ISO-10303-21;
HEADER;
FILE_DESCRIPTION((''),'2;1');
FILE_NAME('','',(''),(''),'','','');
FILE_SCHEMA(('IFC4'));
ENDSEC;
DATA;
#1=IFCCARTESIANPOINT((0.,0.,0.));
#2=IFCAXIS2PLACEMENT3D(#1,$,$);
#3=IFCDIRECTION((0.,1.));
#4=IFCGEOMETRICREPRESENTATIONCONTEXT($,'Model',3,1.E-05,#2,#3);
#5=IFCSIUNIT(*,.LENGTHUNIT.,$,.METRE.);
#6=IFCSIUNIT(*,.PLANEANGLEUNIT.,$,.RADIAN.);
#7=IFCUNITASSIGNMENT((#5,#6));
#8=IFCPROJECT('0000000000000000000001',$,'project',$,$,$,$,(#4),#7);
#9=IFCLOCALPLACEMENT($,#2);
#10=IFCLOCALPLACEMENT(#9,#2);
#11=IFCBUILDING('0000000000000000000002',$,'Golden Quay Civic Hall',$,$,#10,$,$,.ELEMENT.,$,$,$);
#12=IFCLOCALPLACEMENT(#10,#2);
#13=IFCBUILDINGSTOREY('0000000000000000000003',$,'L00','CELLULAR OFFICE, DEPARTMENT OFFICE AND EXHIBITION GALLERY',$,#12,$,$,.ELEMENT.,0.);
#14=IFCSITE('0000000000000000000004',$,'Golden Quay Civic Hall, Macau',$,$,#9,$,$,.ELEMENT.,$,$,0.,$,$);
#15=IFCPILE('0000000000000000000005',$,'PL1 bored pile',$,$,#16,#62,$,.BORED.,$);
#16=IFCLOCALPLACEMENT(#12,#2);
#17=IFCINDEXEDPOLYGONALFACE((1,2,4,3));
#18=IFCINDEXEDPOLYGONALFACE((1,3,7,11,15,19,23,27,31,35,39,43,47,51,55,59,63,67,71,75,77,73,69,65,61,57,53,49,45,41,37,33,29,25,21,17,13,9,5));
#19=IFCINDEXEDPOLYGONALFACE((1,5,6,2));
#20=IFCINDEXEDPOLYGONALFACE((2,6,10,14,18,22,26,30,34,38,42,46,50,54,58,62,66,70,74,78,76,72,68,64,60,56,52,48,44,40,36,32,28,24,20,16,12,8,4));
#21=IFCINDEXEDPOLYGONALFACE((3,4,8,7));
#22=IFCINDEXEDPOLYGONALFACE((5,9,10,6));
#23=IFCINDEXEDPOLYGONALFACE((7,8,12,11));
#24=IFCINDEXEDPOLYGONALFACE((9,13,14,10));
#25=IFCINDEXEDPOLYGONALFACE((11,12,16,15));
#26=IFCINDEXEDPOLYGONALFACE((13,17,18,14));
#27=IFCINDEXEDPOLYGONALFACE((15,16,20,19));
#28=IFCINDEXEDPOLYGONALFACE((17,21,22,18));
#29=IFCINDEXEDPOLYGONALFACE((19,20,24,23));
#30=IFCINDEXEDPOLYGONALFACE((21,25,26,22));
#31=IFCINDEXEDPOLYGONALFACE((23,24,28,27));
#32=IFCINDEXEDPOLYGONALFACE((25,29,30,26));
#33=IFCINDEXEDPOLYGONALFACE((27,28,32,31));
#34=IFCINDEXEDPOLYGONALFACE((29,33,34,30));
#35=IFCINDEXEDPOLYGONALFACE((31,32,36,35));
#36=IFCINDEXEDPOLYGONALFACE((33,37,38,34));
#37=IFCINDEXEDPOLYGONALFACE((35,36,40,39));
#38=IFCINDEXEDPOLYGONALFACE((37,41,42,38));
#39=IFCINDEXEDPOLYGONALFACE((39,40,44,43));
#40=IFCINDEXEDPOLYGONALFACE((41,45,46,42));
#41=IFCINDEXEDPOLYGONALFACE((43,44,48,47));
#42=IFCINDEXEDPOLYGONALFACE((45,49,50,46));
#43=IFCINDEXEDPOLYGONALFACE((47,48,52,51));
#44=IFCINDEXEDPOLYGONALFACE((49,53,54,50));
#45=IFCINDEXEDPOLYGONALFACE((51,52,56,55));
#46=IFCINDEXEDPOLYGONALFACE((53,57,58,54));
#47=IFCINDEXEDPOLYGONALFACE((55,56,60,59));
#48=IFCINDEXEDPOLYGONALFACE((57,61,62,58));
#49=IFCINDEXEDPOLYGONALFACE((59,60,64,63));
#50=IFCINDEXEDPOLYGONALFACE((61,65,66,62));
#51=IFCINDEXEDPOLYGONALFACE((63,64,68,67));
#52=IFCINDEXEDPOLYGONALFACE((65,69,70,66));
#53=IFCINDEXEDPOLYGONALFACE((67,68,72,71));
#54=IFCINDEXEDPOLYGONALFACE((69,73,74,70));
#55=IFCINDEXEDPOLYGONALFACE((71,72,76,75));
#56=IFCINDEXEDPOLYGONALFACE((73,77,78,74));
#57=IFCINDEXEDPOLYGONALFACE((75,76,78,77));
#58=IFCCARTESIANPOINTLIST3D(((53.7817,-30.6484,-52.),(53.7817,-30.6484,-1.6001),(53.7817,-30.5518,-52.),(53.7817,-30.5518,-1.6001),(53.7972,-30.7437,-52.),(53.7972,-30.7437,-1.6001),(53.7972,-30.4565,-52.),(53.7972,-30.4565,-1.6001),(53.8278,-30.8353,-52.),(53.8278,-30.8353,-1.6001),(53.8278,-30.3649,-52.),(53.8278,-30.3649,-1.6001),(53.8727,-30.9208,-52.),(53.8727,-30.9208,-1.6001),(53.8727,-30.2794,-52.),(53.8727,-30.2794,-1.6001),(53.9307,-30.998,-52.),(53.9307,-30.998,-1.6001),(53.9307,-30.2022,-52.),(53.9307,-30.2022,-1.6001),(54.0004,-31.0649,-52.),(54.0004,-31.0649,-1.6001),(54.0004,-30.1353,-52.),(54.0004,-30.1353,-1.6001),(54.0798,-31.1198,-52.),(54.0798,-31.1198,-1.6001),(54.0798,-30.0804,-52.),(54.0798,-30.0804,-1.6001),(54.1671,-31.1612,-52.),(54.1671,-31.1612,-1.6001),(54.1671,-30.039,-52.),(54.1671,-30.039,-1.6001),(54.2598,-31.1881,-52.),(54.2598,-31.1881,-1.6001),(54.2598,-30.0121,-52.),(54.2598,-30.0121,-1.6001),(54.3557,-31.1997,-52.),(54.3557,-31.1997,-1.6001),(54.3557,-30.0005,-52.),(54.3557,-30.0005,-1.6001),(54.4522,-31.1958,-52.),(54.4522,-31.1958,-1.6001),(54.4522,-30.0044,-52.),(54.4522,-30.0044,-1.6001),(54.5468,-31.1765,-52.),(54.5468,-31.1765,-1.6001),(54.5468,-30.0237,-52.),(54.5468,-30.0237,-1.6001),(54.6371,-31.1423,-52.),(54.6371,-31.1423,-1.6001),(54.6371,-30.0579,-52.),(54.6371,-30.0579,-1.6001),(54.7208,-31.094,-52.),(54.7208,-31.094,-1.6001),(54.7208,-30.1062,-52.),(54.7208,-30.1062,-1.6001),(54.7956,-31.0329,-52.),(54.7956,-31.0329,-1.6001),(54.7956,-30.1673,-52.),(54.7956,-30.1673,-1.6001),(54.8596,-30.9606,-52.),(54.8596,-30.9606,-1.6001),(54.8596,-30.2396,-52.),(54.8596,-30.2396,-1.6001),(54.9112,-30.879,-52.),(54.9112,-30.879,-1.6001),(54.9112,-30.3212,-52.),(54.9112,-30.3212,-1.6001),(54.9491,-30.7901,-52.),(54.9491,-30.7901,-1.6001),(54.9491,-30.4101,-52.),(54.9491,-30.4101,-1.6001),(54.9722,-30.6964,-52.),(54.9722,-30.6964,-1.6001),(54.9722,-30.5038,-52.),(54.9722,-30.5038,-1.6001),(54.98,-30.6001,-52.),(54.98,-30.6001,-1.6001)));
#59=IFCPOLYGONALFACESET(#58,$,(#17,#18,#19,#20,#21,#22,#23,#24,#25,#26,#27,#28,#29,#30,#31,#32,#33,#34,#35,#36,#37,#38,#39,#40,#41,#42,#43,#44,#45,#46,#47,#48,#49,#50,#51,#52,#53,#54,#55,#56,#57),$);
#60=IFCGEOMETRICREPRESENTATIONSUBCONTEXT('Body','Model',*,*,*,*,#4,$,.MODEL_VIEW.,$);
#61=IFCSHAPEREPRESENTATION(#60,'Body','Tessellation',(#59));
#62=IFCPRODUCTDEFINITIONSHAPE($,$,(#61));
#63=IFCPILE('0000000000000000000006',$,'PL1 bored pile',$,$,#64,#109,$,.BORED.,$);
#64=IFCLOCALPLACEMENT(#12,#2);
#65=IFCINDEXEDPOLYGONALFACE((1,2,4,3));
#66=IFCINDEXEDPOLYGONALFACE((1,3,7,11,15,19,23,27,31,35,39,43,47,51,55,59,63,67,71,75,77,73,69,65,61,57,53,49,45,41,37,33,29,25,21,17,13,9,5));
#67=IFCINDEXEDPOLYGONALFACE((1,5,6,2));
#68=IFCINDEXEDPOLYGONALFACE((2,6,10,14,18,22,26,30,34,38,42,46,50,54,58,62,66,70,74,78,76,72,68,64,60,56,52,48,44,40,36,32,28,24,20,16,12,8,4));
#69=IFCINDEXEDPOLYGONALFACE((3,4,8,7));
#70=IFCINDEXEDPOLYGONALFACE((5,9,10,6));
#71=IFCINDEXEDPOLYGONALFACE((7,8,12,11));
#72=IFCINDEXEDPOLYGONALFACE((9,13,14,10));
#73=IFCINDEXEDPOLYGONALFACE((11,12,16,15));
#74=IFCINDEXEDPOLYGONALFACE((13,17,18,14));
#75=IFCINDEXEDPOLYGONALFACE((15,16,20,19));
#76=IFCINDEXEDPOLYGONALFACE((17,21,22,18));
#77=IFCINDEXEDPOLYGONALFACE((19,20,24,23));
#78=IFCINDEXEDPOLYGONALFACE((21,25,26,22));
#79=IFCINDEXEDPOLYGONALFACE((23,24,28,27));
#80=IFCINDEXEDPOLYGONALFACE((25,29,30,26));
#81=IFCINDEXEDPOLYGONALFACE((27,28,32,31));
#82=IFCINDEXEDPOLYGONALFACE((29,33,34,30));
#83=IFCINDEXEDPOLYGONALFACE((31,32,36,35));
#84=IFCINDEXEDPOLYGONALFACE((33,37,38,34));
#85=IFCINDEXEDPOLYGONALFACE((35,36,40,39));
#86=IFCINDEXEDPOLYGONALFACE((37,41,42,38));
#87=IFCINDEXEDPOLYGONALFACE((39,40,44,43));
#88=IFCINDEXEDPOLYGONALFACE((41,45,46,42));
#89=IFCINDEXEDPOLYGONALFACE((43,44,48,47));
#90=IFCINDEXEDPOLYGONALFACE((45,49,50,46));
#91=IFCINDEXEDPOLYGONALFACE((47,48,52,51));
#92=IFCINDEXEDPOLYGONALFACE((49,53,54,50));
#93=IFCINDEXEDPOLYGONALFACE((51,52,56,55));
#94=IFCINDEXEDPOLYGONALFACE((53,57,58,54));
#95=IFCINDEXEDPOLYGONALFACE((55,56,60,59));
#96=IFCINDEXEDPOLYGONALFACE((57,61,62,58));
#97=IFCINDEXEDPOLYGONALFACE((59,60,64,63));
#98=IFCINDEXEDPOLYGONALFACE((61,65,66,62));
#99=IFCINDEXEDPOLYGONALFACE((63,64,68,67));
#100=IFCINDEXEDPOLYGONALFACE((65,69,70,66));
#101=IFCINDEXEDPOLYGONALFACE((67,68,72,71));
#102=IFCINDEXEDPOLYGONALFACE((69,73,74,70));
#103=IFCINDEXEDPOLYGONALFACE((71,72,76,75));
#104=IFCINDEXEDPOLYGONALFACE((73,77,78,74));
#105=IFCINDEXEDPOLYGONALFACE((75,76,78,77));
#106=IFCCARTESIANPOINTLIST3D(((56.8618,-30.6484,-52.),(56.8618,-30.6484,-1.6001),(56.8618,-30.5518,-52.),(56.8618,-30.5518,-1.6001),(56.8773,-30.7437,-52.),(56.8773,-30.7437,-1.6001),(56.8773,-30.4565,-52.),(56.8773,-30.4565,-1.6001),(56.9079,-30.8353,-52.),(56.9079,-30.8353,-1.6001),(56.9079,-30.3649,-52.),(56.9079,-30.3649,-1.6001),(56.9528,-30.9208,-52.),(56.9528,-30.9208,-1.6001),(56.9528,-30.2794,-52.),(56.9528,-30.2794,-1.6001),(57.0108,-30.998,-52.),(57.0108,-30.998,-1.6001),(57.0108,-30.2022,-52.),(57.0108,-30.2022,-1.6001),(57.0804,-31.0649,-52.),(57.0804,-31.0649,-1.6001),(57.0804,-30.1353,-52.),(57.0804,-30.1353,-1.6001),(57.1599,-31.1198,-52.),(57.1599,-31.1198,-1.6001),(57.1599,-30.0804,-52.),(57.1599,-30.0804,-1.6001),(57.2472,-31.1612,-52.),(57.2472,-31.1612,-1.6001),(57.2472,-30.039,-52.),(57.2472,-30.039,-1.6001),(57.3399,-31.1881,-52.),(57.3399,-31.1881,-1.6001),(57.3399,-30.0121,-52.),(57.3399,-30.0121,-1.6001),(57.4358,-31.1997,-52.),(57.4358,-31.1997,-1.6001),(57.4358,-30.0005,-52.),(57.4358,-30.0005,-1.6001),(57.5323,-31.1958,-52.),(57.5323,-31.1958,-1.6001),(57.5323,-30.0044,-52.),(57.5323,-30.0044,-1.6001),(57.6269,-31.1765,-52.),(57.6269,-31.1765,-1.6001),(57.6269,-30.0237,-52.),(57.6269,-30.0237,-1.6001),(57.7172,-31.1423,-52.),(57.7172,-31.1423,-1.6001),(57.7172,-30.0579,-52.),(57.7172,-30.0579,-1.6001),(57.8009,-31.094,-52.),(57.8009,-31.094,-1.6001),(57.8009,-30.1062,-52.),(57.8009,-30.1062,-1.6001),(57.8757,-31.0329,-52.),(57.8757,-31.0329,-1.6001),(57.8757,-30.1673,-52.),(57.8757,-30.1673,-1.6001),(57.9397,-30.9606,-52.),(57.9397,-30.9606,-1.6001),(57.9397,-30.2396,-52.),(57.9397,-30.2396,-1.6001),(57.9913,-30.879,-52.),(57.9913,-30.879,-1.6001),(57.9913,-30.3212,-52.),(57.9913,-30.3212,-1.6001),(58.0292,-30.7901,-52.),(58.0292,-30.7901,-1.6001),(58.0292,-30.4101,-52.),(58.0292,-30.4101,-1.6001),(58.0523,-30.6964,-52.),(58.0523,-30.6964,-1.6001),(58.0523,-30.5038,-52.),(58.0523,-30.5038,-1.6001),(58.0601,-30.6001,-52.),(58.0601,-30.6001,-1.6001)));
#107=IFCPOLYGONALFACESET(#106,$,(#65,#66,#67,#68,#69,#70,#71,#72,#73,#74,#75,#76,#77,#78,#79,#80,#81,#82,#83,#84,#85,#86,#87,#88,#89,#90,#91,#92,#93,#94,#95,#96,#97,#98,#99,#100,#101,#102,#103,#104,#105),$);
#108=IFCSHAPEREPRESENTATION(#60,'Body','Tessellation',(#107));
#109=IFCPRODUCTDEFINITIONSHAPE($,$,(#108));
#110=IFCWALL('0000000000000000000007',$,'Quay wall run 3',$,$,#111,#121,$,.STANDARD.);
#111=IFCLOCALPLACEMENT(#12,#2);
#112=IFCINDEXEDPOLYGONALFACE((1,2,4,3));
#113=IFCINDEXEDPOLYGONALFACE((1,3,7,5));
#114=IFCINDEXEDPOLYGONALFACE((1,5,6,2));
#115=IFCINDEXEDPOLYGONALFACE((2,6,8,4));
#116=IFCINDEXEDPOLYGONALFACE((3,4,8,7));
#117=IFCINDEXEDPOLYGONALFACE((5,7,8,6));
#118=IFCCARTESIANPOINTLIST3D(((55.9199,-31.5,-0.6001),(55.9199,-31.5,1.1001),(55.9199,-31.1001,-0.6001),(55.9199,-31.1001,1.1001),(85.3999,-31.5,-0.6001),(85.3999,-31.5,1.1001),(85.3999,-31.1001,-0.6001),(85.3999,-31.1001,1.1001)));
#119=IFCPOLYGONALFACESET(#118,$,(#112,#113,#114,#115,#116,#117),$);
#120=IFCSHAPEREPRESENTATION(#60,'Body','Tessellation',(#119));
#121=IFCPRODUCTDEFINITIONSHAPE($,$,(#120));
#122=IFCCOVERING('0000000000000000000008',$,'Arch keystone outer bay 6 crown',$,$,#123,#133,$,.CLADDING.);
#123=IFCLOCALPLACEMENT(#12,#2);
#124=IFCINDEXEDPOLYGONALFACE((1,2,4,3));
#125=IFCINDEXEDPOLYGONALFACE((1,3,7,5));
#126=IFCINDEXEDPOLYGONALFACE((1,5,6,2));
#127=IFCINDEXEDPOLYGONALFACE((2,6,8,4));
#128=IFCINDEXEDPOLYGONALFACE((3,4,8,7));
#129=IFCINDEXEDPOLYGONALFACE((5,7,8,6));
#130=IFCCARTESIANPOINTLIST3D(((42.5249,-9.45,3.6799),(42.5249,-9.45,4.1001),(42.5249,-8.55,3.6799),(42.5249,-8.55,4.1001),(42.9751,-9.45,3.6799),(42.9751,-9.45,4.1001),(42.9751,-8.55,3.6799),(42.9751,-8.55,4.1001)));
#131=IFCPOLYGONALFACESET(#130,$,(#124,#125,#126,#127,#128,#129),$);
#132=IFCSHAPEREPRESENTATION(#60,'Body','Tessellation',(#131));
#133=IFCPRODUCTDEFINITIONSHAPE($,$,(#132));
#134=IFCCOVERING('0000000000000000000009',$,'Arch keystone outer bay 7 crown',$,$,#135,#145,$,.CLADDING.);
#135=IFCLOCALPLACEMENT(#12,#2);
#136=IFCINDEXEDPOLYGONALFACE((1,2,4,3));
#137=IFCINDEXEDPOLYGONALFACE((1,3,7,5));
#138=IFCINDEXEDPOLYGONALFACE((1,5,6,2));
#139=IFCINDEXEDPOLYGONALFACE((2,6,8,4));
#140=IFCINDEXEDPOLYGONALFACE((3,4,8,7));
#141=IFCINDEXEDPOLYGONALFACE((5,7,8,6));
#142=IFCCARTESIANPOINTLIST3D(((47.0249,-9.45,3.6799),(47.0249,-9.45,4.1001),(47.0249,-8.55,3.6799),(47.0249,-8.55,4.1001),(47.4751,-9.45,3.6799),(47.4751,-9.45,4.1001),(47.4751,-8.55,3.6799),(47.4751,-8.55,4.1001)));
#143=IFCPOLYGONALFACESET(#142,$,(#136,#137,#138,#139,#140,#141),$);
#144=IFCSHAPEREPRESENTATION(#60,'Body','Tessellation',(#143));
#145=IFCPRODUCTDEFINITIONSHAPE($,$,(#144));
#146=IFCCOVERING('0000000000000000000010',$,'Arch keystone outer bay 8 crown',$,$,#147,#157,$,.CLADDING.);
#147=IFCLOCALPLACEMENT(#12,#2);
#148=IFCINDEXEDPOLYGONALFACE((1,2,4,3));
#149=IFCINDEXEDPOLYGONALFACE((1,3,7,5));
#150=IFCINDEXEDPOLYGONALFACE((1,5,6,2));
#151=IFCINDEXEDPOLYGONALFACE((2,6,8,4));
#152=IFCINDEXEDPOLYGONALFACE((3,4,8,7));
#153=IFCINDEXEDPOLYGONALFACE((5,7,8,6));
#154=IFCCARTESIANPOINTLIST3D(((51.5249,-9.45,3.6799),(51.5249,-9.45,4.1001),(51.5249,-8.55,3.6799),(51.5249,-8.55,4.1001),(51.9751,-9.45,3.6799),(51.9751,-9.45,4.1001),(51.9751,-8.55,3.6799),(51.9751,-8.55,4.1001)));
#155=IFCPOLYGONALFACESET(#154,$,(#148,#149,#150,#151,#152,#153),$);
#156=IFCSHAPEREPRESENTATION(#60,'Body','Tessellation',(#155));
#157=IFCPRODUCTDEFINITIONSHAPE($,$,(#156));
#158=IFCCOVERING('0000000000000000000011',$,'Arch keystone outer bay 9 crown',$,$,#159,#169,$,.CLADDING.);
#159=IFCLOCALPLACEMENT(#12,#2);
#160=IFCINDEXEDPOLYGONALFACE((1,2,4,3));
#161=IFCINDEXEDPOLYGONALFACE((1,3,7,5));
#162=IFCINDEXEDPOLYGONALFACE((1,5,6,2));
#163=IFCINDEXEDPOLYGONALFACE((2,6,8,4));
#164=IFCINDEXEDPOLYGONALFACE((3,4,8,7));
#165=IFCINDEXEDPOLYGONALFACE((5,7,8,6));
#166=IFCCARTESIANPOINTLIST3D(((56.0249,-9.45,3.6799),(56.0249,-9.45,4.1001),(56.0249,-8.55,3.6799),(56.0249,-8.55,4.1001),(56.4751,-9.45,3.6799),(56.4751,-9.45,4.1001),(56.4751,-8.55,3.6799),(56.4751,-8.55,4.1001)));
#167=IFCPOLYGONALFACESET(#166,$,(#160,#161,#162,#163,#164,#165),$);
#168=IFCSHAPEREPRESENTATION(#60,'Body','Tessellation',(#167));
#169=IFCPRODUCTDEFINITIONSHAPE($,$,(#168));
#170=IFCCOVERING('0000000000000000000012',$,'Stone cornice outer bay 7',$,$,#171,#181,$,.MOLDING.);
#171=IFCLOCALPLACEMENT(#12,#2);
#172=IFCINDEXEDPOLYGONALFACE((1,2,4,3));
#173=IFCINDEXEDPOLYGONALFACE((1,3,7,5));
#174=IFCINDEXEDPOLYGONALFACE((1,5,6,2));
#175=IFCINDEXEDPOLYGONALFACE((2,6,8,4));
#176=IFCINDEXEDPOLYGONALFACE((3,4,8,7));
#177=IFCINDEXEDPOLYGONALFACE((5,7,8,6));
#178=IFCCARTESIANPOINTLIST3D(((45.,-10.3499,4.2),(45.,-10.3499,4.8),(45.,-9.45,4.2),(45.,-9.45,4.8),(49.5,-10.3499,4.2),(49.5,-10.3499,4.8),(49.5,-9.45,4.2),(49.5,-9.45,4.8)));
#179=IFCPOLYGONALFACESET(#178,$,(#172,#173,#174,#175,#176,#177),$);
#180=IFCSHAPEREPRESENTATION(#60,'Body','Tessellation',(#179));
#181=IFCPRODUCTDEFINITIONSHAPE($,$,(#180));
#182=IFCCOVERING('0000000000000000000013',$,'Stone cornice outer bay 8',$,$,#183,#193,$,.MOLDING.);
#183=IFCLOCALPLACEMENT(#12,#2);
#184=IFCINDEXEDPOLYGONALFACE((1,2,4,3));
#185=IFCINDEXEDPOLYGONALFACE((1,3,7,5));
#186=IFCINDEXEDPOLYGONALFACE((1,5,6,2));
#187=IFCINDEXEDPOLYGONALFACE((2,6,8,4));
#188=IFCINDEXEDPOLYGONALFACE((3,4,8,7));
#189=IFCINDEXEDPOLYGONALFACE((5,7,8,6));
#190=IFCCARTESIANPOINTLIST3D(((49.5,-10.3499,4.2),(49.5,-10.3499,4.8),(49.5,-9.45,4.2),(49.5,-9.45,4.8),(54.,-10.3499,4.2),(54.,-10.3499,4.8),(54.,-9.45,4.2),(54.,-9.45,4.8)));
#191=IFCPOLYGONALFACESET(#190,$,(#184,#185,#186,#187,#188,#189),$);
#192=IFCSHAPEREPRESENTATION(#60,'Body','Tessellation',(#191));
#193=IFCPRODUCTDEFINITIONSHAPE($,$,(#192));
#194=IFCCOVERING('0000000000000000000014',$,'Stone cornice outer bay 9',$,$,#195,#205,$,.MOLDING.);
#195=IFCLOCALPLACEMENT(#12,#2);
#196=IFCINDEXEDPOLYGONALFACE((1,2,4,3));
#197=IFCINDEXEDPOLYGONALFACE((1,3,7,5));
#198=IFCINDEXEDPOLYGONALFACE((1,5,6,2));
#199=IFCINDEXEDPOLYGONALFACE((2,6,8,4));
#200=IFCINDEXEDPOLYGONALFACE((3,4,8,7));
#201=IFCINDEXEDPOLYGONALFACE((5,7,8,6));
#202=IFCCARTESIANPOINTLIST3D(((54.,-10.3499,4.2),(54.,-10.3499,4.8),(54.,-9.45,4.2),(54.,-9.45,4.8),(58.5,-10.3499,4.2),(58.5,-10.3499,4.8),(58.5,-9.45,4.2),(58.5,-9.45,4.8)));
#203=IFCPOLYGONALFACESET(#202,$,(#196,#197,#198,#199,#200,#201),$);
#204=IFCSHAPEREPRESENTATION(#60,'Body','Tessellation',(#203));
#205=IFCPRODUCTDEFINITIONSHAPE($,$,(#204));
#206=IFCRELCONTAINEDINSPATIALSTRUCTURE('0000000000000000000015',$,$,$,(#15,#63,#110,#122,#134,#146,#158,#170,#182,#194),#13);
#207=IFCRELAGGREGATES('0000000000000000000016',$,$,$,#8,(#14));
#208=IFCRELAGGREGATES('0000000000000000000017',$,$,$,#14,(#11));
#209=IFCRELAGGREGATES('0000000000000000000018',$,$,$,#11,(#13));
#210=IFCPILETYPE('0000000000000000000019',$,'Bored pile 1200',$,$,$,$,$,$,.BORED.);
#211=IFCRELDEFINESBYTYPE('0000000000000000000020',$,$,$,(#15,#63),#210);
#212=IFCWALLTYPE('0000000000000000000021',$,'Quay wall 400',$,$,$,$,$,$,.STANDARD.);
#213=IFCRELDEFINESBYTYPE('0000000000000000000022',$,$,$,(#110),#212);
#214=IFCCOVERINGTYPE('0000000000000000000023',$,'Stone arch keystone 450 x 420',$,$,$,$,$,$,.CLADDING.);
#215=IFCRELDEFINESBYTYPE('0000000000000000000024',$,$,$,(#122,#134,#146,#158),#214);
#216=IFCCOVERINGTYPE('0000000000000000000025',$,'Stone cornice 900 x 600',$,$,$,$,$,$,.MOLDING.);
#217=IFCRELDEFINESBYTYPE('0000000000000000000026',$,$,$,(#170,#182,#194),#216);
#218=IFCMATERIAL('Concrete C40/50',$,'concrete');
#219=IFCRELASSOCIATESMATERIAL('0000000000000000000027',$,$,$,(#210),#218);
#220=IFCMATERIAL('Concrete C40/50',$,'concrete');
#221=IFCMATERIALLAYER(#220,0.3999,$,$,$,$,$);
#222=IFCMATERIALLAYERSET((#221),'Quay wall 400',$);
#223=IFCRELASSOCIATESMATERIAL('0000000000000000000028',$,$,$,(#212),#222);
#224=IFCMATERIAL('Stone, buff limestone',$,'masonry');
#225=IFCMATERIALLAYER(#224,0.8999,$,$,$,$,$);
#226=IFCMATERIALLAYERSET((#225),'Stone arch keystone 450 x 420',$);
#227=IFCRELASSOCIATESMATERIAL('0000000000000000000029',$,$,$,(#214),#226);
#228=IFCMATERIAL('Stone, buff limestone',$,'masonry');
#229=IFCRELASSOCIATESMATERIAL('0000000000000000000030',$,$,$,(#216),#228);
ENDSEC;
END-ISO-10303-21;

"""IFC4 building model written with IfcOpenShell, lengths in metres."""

from ifc_helpers import new_model, si_unit, direction, frame, frame_2d, origin, origin_2d, place, context, subcontext, project, spatial, polyline, rectangle, circle, outline, extrude, material, layer, layer_set, material_profile, profile_set, type_object, element, save


model = new_model("IFC4")

# Units and contexts
model_context = context("Model", 3, precision=1e-05, world=origin(), true_north=direction((0.0, 1.0)))
body_context = subcontext(model_context, "Body", "Model", "MODEL_VIEW")
ifc_project = project(units=[si_unit("LENGTHUNIT", "METRE"), si_unit("PLANEANGLEUNIT", "RADIAN")], contexts=[model_context])

# Site, building, storey
site_placement = place(None, origin())
site = spatial("IfcSite", under=ifc_project, at=site_placement, Name="Golden Quay Civic Hall, Macau", CompositionType="ELEMENT", RefElevation=0.0)
building_placement = place(site_placement, origin())
building = spatial("IfcBuilding", under=site, at=building_placement, Name="Golden Quay Civic Hall", CompositionType="ELEMENT")
storey_placement = place(building_placement, origin())
storey = spatial("IfcBuildingStorey", under=building, at=storey_placement, Name="L00", Description="CELLULAR OFFICE, DEPARTMENT OFFICE AND EXHIBITION GALLERY", CompositionType="ELEMENT", Elevation=0.0)

# Piles
ifc_material_1 = material(Name="Concrete C40/50", Category="concrete")
ifc_material_profile_1 = material_profile(ifc_material_1, circle(Radius=0.6001, at=origin_2d()), Name="RC D1200")
ifc_profile_set_1 = profile_set([ifc_material_profile_1], Name="Concrete C40/50")
pile_type = type_object("IfcPileType", Name="Bored pile 1200", PredefinedType="BORED", material=ifc_profile_set_1)
for number, where, z_axis, x_axis, name in (
    (1, (54.3799, -30.6001, -1.6001), (0.0, 0.0, -1.0), (1.0, 0.0, 0.0), "PL1 bored pile"),
    (2, (57.46, -30.6001, -1.6001), (0.0, 0.0, -1.0), (1.0, 0.0, 0.0), "PL1 bored pile"),
):
    element("IfcPile", number, at=place(storey_placement, frame(where, z_axis=z_axis, x_axis=x_axis)), inside=storey, type_object=pile_type, Name=name, PredefinedType="BORED", context=body_context, shape_type="SweptSolid", body=[
        extrude(circle(Radius=0.6001, at=origin_2d()), origin(), (0.0, 0.0, 1.0), 50.3999),
    ])

# Wall
ifc_material_2 = material(Name="Concrete C40/50", Category="concrete")
ifc_layer_1 = layer(ifc_material_2, 0.3999)
ifc_layer_set_1 = layer_set([ifc_layer_1], Name="Quay wall 400")
wall_type = type_object("IfcWallType", Name="Quay wall 400", PredefinedType="STANDARD", material=ifc_layer_set_1)
wall_placement = place(storey_placement, frame((55.9199, -31.3, -0.6001), z_axis=(0.0, 0.0, 1.0), x_axis=(1.0, 0.0, 0.0)))
element("IfcWall", 3, at=wall_placement, inside=storey, type_object=wall_type, Name="Quay wall run 3", PredefinedType="STANDARD", context=body_context, shape_type="SweptSolid", body=[
    extrude(rectangle(XDim=29.48, YDim=0.3999, at=frame_2d((14.74, 0.0))), origin(), (0.0, 0.0, 1.0), 1.7002),
])

# Coverings
ifc_material_3 = material(Name="Stone, buff limestone", Category="masonry")
ifc_layer_2 = layer(ifc_material_3, 0.8999)
ifc_layer_set_2 = layer_set([ifc_layer_2], Name="Stone arch keystone 450 x 420")
covering_type_1 = type_object("IfcCoveringType", Name="Stone arch keystone 450 x 420", PredefinedType="CLADDING", material=ifc_layer_set_2)
for number, where, z_axis, x_axis, name in (
    (4, (42.5249, -9.45, 3.6799), (0.0, -1.0, 0.0), (1.0, 0.0, 0.0), "Arch keystone outer bay 6 crown"),
    (5, (47.0249, -9.45, 3.6799), (0.0, -1.0, 0.0), (1.0, 0.0, 0.0), "Arch keystone outer bay 7 crown"),
    (6, (51.5249, -9.45, 3.6799), (0.0, -1.0, 0.0), (1.0, 0.0, 0.0), "Arch keystone outer bay 8 crown"),
    (7, (56.0249, -9.45, 3.6799), (0.0, -1.0, 0.0), (1.0, 0.0, 0.0), "Arch keystone outer bay 9 crown"),
):
    element("IfcCovering", number, at=place(storey_placement, frame(where, z_axis=z_axis, x_axis=x_axis)), inside=storey, type_object=covering_type_1, Name=name, PredefinedType="CLADDING", context=body_context, shape_type="SweptSolid", body=[
        extrude(outline(polyline([(0.0, 0.0), (0.4502, 0.0), (0.4502, 0.4202), (0.0, 0.4202), (0.0, 0.0)])), origin(), (0.0, 0.0, -1.0), 0.8999),
    ])
ifc_material_4 = material(Name="Stone, buff limestone", Category="masonry")
ifc_material_profile_2 = material_profile(ifc_material_4, rectangle(XDim=0.8999, YDim=0.6001, at=origin_2d()), Name="RC 900x600")
ifc_profile_set_2 = profile_set([ifc_material_profile_2], Name="Stone, buff limestone")
covering_type_2 = type_object("IfcCoveringType", Name="Stone cornice 900 x 600", PredefinedType="MOLDING", material=ifc_profile_set_2)
for number, where, z_axis, x_axis, name in (
    (8, (45.0, -9.8999, 4.5), (1.0, 0.0, 0.0), (0.0, 1.0, 0.0), "Stone cornice outer bay 7"),
    (9, (49.5, -9.8999, 4.5), (1.0, 0.0, 0.0), (0.0, 1.0, 0.0), "Stone cornice outer bay 8"),
    (10, (54.0, -9.8999, 4.5), (1.0, 0.0, 0.0), (0.0, 1.0, 0.0), "Stone cornice outer bay 9"),
):
    element("IfcCovering", number, at=place(storey_placement, frame(where, z_axis=z_axis, x_axis=x_axis)), inside=storey, type_object=covering_type_2, Name=name, PredefinedType="MOLDING", context=body_context, shape_type="SweptSolid", body=[
        extrude(rectangle(XDim=0.8999, YDim=0.6001, at=origin_2d()), origin(), (0.0, 0.0, 1.0), 4.5),
    ])

save(model, "model.ifc")
